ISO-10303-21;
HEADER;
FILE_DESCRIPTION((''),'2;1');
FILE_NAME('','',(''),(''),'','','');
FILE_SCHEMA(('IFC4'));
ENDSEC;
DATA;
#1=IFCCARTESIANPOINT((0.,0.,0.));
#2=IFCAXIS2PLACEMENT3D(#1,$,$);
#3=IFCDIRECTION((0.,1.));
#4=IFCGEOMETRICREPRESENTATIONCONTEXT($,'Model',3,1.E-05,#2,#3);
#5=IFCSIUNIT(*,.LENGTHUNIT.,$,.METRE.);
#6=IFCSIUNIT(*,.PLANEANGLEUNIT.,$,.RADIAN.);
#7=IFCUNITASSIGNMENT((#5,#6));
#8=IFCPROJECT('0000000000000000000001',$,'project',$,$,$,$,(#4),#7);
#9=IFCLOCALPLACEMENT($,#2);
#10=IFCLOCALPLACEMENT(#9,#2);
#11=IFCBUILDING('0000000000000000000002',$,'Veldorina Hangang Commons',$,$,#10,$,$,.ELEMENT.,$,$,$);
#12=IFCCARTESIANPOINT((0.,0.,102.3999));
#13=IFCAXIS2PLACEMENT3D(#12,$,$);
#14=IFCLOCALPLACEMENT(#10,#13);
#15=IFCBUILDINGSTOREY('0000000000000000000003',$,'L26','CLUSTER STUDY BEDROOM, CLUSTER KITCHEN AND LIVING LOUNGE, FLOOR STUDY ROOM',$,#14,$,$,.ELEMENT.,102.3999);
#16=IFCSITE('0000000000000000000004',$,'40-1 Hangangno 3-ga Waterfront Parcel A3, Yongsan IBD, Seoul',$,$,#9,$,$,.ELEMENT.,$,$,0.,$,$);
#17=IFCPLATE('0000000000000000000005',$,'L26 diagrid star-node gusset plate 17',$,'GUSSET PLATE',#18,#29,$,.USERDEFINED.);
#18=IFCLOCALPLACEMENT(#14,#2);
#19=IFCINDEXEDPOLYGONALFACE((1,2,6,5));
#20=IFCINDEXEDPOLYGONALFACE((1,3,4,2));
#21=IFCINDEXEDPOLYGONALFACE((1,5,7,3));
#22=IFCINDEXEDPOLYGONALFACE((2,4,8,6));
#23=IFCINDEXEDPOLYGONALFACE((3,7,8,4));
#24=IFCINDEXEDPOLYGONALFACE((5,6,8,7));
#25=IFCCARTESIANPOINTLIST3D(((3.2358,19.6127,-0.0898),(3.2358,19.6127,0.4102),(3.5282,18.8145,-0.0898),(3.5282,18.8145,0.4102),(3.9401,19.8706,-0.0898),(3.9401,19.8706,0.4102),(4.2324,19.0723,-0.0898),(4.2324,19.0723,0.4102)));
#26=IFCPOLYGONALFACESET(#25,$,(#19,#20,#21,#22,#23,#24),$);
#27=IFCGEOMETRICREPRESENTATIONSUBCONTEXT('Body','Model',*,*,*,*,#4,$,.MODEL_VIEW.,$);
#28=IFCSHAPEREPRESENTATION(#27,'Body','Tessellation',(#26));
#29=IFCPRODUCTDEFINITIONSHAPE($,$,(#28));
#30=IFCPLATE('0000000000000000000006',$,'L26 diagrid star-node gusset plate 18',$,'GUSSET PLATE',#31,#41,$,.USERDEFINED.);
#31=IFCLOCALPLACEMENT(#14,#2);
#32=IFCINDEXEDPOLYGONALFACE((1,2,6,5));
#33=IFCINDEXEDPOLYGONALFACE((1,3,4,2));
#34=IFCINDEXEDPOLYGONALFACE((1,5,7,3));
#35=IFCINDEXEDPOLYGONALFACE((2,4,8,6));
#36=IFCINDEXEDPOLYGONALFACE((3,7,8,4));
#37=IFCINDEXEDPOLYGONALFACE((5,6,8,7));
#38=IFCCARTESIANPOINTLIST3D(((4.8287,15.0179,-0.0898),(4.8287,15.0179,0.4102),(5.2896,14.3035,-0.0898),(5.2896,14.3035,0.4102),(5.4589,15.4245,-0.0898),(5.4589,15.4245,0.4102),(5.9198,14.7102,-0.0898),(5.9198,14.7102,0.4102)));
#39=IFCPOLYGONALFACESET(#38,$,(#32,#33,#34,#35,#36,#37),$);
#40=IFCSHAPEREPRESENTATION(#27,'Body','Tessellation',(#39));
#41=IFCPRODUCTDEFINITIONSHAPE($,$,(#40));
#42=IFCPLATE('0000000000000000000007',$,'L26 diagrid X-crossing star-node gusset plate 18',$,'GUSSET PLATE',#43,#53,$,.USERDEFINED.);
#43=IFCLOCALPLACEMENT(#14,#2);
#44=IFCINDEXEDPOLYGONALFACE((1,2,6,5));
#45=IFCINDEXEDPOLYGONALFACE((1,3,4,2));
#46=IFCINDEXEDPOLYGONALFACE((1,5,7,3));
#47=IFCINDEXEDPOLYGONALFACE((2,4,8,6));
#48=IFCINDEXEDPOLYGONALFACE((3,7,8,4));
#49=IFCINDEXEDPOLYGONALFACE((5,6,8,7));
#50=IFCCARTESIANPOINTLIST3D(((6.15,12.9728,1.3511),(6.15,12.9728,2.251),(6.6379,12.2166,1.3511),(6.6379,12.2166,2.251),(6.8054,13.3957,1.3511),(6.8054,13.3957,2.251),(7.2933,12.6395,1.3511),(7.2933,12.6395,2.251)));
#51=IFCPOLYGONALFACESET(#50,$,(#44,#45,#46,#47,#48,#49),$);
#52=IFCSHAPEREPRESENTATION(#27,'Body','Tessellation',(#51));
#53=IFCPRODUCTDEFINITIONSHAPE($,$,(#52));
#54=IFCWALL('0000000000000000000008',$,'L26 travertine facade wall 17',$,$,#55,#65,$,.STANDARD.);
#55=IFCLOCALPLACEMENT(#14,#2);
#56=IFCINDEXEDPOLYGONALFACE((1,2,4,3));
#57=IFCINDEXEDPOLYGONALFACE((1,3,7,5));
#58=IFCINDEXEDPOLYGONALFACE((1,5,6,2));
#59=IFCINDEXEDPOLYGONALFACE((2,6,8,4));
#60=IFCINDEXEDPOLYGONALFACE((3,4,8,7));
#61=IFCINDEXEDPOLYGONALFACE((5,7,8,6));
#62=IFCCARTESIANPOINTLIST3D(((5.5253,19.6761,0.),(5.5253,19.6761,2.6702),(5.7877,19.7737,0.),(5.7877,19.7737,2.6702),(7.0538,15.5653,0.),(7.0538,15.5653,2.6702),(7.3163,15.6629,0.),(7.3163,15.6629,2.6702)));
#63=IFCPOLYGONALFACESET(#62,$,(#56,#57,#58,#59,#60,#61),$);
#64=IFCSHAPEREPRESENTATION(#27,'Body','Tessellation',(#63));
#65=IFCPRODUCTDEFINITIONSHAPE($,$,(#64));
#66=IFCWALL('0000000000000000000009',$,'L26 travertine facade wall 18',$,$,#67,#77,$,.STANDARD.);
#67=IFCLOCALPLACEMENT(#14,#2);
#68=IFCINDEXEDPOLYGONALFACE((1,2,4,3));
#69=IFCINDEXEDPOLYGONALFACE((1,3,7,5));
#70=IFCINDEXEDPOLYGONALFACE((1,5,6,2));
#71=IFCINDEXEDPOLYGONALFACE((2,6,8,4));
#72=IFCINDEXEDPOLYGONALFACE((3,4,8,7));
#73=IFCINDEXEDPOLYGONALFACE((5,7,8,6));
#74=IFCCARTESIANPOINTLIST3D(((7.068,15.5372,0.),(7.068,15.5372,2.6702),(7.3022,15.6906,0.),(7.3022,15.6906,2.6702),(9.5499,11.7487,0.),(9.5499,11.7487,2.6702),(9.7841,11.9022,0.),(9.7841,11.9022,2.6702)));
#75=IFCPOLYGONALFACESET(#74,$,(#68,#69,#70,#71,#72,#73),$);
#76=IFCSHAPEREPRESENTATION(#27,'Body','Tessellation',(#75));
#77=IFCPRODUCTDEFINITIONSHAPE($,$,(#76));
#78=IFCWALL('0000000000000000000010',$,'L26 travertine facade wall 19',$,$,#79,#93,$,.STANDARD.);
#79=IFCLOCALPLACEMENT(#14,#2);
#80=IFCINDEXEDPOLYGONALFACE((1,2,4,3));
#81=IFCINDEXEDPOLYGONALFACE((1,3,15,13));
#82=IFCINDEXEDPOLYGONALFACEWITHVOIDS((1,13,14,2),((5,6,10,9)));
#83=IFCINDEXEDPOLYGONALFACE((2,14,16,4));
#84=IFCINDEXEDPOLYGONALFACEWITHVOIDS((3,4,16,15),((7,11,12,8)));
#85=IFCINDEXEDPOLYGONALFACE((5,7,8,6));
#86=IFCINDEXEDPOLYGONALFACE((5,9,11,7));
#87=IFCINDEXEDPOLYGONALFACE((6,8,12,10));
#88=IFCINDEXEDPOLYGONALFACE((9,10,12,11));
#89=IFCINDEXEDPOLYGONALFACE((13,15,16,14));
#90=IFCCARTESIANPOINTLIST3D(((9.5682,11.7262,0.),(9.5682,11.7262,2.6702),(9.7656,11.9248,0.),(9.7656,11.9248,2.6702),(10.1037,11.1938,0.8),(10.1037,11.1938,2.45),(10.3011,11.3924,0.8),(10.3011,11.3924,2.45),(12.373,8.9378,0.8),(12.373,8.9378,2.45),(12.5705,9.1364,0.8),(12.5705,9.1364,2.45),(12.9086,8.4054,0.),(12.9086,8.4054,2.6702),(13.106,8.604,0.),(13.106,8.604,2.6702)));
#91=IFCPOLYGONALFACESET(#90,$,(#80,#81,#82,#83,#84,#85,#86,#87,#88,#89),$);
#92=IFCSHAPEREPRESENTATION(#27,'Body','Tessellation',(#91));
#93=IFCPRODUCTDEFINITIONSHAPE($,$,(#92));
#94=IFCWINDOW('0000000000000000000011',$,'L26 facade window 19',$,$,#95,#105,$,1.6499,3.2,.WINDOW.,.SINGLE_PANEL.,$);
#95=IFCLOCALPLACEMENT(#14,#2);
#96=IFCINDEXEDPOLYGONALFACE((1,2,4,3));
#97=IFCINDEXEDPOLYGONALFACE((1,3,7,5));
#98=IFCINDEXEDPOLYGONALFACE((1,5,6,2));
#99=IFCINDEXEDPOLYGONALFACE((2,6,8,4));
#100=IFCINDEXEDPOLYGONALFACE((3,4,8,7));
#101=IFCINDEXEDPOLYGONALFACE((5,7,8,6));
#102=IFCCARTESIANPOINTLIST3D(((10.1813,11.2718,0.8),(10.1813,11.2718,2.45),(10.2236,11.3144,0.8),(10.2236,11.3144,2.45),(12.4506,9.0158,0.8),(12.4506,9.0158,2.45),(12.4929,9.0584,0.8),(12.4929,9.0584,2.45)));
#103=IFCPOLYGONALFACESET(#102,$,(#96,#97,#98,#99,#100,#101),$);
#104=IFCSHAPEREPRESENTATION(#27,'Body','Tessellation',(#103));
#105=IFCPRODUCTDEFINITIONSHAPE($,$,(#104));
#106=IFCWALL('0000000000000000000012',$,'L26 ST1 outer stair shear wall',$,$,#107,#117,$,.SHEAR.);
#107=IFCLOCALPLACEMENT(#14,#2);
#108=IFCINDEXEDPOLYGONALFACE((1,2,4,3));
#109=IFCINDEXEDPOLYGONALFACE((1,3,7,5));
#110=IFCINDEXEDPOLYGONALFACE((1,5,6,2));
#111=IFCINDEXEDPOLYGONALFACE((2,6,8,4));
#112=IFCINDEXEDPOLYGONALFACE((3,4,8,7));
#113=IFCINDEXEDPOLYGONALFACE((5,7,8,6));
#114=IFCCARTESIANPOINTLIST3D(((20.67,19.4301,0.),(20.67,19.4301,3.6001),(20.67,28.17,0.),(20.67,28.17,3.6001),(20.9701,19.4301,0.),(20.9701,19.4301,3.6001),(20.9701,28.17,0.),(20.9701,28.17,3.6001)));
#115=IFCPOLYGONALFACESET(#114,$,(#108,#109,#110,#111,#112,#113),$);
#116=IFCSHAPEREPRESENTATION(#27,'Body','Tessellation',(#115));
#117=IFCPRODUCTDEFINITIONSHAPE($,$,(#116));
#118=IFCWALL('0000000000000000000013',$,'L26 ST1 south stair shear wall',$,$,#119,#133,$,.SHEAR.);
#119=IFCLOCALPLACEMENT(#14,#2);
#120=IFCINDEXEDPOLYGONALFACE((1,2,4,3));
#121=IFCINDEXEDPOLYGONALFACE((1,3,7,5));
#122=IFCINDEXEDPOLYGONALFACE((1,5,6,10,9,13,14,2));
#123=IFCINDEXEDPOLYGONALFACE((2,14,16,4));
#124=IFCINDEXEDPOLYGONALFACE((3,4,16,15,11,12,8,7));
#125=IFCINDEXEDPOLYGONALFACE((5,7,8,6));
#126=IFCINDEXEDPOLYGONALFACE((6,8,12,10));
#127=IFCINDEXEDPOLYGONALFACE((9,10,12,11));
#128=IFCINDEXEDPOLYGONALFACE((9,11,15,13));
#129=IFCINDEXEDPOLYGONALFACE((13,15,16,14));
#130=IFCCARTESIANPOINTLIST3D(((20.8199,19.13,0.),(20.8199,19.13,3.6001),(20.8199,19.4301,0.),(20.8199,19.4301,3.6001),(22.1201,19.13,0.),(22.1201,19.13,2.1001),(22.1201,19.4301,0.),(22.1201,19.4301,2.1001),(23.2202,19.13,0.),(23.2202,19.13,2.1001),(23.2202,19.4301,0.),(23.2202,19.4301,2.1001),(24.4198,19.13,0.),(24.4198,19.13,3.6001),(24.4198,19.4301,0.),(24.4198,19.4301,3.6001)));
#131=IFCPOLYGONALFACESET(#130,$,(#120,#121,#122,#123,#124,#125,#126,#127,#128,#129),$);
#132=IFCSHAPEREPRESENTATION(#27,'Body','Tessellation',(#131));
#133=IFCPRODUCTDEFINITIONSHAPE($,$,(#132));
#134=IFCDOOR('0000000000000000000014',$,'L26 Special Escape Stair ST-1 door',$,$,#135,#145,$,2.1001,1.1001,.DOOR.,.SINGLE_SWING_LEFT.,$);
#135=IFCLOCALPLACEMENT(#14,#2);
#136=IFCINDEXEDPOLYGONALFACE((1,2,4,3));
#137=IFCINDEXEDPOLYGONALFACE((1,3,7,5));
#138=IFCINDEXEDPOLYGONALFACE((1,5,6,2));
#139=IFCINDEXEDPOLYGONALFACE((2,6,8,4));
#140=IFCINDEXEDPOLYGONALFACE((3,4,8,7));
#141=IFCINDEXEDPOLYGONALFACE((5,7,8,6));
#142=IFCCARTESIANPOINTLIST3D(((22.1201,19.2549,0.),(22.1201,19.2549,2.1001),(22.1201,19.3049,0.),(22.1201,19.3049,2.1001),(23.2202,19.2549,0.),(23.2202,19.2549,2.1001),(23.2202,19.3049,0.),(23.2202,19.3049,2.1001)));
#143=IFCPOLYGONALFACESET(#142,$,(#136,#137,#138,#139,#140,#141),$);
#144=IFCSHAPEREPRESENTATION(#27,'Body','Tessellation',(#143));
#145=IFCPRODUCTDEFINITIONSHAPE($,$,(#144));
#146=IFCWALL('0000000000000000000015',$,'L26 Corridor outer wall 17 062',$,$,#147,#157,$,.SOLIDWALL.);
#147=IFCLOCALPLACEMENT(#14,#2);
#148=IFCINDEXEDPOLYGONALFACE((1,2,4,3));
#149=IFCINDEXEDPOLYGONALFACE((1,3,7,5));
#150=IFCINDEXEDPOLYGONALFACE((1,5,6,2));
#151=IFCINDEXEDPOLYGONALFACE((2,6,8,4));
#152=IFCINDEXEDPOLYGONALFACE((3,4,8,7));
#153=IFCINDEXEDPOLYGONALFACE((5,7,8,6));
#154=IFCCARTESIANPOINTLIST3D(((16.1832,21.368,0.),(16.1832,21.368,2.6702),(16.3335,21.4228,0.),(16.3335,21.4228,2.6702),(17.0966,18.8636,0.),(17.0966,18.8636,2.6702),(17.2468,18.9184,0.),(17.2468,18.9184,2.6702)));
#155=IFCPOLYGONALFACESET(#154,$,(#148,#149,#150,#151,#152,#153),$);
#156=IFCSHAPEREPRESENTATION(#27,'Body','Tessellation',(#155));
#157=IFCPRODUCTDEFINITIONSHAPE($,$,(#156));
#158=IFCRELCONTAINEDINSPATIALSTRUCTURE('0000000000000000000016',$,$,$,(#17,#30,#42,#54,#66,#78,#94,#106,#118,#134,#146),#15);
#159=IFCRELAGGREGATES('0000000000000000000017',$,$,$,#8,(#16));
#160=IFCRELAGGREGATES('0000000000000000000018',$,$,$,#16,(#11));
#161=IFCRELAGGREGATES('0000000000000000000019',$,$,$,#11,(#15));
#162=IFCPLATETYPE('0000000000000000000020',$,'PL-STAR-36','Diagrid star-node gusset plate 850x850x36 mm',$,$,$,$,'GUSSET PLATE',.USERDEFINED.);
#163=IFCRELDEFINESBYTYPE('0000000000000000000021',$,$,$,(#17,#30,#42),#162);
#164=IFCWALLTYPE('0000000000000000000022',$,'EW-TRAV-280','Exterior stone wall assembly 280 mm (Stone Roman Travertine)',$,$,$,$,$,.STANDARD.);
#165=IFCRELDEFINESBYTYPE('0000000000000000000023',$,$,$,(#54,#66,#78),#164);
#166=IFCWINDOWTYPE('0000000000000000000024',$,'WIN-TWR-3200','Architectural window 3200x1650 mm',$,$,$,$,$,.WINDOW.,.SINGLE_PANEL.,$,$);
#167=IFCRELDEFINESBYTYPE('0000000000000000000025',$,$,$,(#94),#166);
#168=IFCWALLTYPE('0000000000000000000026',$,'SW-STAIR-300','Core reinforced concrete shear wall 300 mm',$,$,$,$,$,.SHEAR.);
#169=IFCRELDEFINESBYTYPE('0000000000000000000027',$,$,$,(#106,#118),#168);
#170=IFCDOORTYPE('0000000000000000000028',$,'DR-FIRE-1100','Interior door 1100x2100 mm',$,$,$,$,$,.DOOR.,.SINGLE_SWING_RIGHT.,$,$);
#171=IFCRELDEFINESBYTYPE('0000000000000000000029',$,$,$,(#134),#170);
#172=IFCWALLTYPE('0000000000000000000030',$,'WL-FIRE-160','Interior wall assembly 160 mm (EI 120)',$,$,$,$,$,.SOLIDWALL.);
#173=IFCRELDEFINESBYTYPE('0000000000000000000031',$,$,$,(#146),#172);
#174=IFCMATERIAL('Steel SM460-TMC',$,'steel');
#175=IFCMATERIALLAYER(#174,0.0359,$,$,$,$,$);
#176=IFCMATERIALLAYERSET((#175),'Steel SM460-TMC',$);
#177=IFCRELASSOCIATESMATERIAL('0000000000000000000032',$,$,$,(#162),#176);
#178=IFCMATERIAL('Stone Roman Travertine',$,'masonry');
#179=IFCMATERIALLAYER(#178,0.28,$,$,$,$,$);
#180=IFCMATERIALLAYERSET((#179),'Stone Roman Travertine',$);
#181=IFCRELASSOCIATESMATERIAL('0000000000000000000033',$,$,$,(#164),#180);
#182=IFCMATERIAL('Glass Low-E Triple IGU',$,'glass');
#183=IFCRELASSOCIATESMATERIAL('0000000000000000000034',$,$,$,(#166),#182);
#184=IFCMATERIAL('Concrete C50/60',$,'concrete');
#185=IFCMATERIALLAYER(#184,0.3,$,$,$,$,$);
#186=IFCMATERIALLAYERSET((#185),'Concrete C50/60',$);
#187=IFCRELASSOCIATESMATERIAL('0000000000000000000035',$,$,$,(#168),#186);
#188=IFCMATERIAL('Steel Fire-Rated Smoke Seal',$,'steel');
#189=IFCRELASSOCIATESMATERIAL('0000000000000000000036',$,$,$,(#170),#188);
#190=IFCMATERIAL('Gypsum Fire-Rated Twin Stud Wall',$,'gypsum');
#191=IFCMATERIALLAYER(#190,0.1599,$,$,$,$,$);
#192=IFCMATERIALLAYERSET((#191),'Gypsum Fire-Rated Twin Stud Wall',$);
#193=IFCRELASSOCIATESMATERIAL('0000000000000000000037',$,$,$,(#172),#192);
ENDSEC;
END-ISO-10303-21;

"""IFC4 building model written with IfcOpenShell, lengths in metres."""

from ifc_helpers import new_model, si_unit, direction, frame, frame_2d, origin, origin_2d, place, context, subcontext, project, spatial, rectangle, extrude, material, layer, layer_set, type_object, element, fill, save


model = new_model("IFC4")

# Units and contexts
model_context = context("Model", 3, precision=1e-05, world=origin(), true_north=direction((0.0, 1.0)))
body_context = subcontext(model_context, "Body", "Model", "MODEL_VIEW")
ifc_project = project(units=[si_unit("LENGTHUNIT", "METRE"), si_unit("PLANEANGLEUNIT", "RADIAN")], contexts=[model_context])

# Site, building, storey
site_placement = place(None, origin())
site = spatial("IfcSite", under=ifc_project, at=site_placement, Name="40-1 Hangangno 3-ga Waterfront Parcel A3, Yongsan IBD, Seoul", CompositionType="ELEMENT", RefElevation=0.0)
building_placement = place(site_placement, origin())
building = spatial("IfcBuilding", under=site, at=building_placement, Name="Veldorina Hangang Commons", CompositionType="ELEMENT")
storey_placement = place(building_placement, frame((0.0, 0.0, 102.3999)))
storey = spatial("IfcBuildingStorey", under=building, at=storey_placement, Name="L26", Description="CLUSTER STUDY BEDROOM, CLUSTER KITCHEN AND LIVING LOUNGE, FLOOR STUDY ROOM", CompositionType="ELEMENT", Elevation=102.3999)

# Shared definitions
ifc_material_1 = material(Name="Steel SM460-TMC", Category="steel")

# Plates
ifc_layer_1 = layer(ifc_material_1, 0.0359)
ifc_layer_set_1 = layer_set([ifc_layer_1], Name="Steel SM460-TMC")
plate_type = type_object("IfcPlateType", Name="PL-STAR-36", Description="Diagrid star-node gusset plate 850x850x36 mm", ElementType="GUSSET PLATE", PredefinedType="USERDEFINED", material=ifc_layer_set_1)
for number, where, z_axis, x_axis, name in (
    (1, (3.7341, 19.3425, -0.0898), (0.0, 0.0, 1.0), (0.343856, -0.939022, 0.0), "L26 diagrid star-node gusset plate 17"),
    (2, (5.3743, 14.864, -0.0898), (0.0, 0.0, 1.0), (0.542178, -0.840264, 0.0), "L26 diagrid star-node gusset plate 18"),
):
    element("IfcPlate", number, at=place(storey_placement, frame(where, z_axis=z_axis, x_axis=x_axis)), inside=storey, type_object=plate_type, Name=name, ObjectType="GUSSET PLATE", PredefinedType="USERDEFINED", context=body_context, shape_type="SweptSolid", body=[
        extrude(rectangle(XDim=0.8501, YDim=0.75, at=origin_2d()), origin(), (0.0, 0.0, 1.0), 0.5),
    ])
plate_1_placement = place(storey_placement, frame((6.7217, 12.8062, 1.3511), z_axis=(0.0, 0.0, 1.0), x_axis=(0.542178, -0.840264, 0.0)))
element("IfcPlate", 3, at=plate_1_placement, inside=storey, type_object=plate_type, Name="L26 diagrid X-crossing star-node gusset plate 18", ObjectType="GUSSET PLATE", PredefinedType="USERDEFINED", context=body_context, shape_type="SweptSolid", body=[
    extrude(rectangle(XDim=0.8999, YDim=0.78, at=origin_2d()), origin(), (0.0, 0.0, 1.0), 0.8999),
])

# Walls
ifc_material_2 = material(Name="Stone Roman Travertine", Category="masonry")
ifc_layer_2 = layer(ifc_material_2, 0.28)
ifc_layer_set_2 = layer_set([ifc_layer_2], Name="Stone Roman Travertine")
wall_type_1 = type_object("IfcWallType", Name="EW-TRAV-280", Description="Exterior stone wall assembly 280 mm (Stone Roman Travertine)", PredefinedType="STANDARD", material=ifc_layer_set_2)
wall_1_placement = place(storey_placement, frame((5.6565, 19.7249, 0.0), z_axis=(0.0, 0.0, 1.0), x_axis=(0.348523, -0.9373, 0.0)))
element("IfcWall", 4, at=wall_1_placement, inside=storey, type_object=wall_type_1, Name="L26 travertine facade wall 17", PredefinedType="STANDARD", context=body_context, shape_type="SweptSolid", body=[
    extrude(rectangle(XDim=4.3857, YDim=0.28, at=frame_2d((2.1929, 0.0))), origin(), (0.0, 0.0, 1.0), 2.6702),
])
wall_2_placement = place(storey_placement, frame((7.1851, 15.614, 0.0), z_axis=(0.0, 0.0, 1.0), x_axis=(0.54799, -0.836485, 0.0)))
element("IfcWall", 5, at=wall_2_placement, inside=storey, type_object=wall_type_1, Name="L26 travertine facade wall 18", PredefinedType="STANDARD", context=body_context, shape_type="SweptSolid", body=[
    extrude(rectangle(XDim=4.5291, YDim=0.28, at=frame_2d((2.2646, 0.0))), origin(), (0.0, 0.0, 1.0), 2.6702),
])

# Wall, opening, window
wall_3_placement = place(storey_placement, frame((9.667, 11.8254, 0.0), z_axis=(0.0, 0.0, 1.0), x_axis=(0.709177, -0.70503, 0.0)))
wall_3 = element("IfcWall", 6, at=wall_3_placement, inside=storey, type_object=wall_type_1, Name="L26 travertine facade wall 19", PredefinedType="STANDARD", context=body_context, shape_type="SweptSolid", body=[
    extrude(rectangle(XDim=4.7102, YDim=0.28, at=frame_2d((2.355, 0.0))), origin(), (0.0, 0.0, 1.0), 2.6702),
])
opening_1_placement = place(wall_3_placement, frame((0.7549, 0.0, 0.8)))
opening_1 = element("IfcOpeningElement", 7, at=opening_1_placement, cuts=wall_3, PredefinedType="OPENING", context=body_context, shape_type="SweptSolid", body=[
    extrude(rectangle(XDim=3.2, YDim=1.6499, at=frame_2d((1.6001, 0.825))), frame((0.0, 0.1499, 0.0), z_axis=(0.0, -1.0, 0.0), x_axis=(1.0, 0.0, 0.0)), (0.0, 0.0, 1.0), 0.3),
])
ifc_material_3 = material(Name="Glass Low-E Triple IGU", Category="glass")
window_type = type_object("IfcWindowType", Name="WIN-TWR-3200", Description="Architectural window 3200x1650 mm", PartitioningType="SINGLE_PANEL", PredefinedType="WINDOW", material=ifc_material_3)
window_placement = place(opening_1_placement, origin())
window = element("IfcWindow", 8, at=window_placement, inside=storey, type_object=window_type, Name="L26 facade window 19", OverallHeight=1.6499, OverallWidth=3.2, PartitioningType="SINGLE_PANEL", PredefinedType="WINDOW", context=body_context, shape_type="SweptSolid", body=[
    extrude(rectangle(XDim=3.2, YDim=1.6499, at=frame_2d((1.6001, 0.825))), frame((0.0, 0.03, 0.0), z_axis=(0.0, -1.0, 0.0), x_axis=(1.0, 0.0, 0.0)), (0.0, 0.0, 1.0), 0.0601),
])
fill(opening_1, window)

# Wall
ifc_material_4 = material(Name="Concrete C50/60", Category="concrete")
ifc_layer_3 = layer(ifc_material_4, 0.3)
ifc_layer_set_3 = layer_set([ifc_layer_3], Name="Concrete C50/60")
wall_type_2 = type_object("IfcWallType", Name="SW-STAIR-300", Description="Core reinforced concrete shear wall 300 mm", PredefinedType="SHEAR", material=ifc_layer_set_3)
wall_4_placement = place(storey_placement, frame((20.8201, 19.4299, 0.0), z_axis=(0.0, 0.0, 1.0), x_axis=(0.0, 1.0, 0.0)))
element("IfcWall", 9, at=wall_4_placement, inside=storey, type_object=wall_type_2, Name="L26 ST1 outer stair shear wall", PredefinedType="SHEAR", context=body_context, shape_type="SweptSolid", body=[
    extrude(rectangle(XDim=8.74, YDim=0.3, at=frame_2d((4.3701, 0.0))), origin(), (0.0, 0.0, 1.0), 3.6001),
])

# Wall, opening, door
wall_5_placement = place(storey_placement, frame((20.8201, 19.28, 0.0), z_axis=(0.0, 0.0, 1.0), x_axis=(1.0, 0.0, 0.0)))
wall_5 = element("IfcWall", 10, at=wall_5_placement, inside=storey, type_object=wall_type_2, Name="L26 ST1 south stair shear wall", PredefinedType="SHEAR", context=body_context, shape_type="SweptSolid", body=[
    extrude(rectangle(XDim=3.5999, YDim=0.3, at=frame_2d((1.7998, 0.0))), origin(), (0.0, 0.0, 1.0), 3.6001),
])
opening_2_placement = place(wall_5_placement, frame((1.3, 0.0, 0.0)))
opening_2 = element("IfcOpeningElement", 11, at=opening_2_placement, cuts=wall_5, PredefinedType="OPENING", context=body_context, shape_type="SweptSolid", body=[
    extrude(rectangle(XDim=1.1001, YDim=2.1001, at=frame_2d((0.55, 1.05))), frame((0.0, 0.1602, 0.0), z_axis=(0.0, -1.0, 0.0), x_axis=(1.0, 0.0, 0.0)), (0.0, 0.0, 1.0), 0.3201),
])
ifc_material_5 = material(Name="Steel Fire-Rated Smoke Seal", Category="steel")
door_type_1 = type_object("IfcDoorType", Name="DR-FIRE-1100", Description="Interior door 1100x2100 mm", OperationType="SINGLE_SWING_RIGHT", PredefinedType="DOOR", material=ifc_material_5)
door_1_placement = place(opening_2_placement, origin())
door_1 = element("IfcDoor", 12, at=door_1_placement, inside=storey, type_object=door_type_1, Name="L26 Special Escape Stair ST-1 door", OperationType="SINGLE_SWING_LEFT", OverallHeight=2.1001, OverallWidth=1.1001, PredefinedType="DOOR", context=body_context, shape_type="SweptSolid", body=[
    extrude(rectangle(XDim=1.1001, YDim=2.1001, at=frame_2d((0.55, 1.05))), frame((0.0, 0.0249, 0.0), z_axis=(0.0, -1.0, 0.0), x_axis=(1.0, 0.0, 0.0)), (0.0, 0.0, 1.0), 0.05),
])
fill(opening_2, door_1)

# Wall
ifc_material_6 = material(Name="Gypsum Fire-Rated Twin Stud Wall", Category="gypsum")
ifc_layer_4 = layer(ifc_material_6, 0.1599)
ifc_layer_set_4 = layer_set([ifc_layer_4], Name="Gypsum Fire-Rated Twin Stud Wall")
wall_type_3 = type_object("IfcWallType", Name="WL-FIRE-160", Description="Interior wall assembly 160 mm (EI 120)", PredefinedType="SOLIDWALL", material=ifc_layer_set_4)
wall_6_placement = place(storey_placement, frame((16.2583, 21.3955, 0.0), z_axis=(0.0, 0.0, 1.0), x_axis=(0.342618, -0.939475, 0.0)))
element("IfcWall", 13, at=wall_6_placement, inside=storey, type_object=wall_type_3, Name="L26 Corridor outer wall 17 062", PredefinedType="SOLIDWALL", context=body_context, shape_type="SweptSolid", body=[
    extrude(rectangle(XDim=2.6658, YDim=0.1599, at=frame_2d((1.333, 0.0))), origin(), (0.0, 0.0, 1.0), 2.6702),
])

save(model, "model.ifc")
